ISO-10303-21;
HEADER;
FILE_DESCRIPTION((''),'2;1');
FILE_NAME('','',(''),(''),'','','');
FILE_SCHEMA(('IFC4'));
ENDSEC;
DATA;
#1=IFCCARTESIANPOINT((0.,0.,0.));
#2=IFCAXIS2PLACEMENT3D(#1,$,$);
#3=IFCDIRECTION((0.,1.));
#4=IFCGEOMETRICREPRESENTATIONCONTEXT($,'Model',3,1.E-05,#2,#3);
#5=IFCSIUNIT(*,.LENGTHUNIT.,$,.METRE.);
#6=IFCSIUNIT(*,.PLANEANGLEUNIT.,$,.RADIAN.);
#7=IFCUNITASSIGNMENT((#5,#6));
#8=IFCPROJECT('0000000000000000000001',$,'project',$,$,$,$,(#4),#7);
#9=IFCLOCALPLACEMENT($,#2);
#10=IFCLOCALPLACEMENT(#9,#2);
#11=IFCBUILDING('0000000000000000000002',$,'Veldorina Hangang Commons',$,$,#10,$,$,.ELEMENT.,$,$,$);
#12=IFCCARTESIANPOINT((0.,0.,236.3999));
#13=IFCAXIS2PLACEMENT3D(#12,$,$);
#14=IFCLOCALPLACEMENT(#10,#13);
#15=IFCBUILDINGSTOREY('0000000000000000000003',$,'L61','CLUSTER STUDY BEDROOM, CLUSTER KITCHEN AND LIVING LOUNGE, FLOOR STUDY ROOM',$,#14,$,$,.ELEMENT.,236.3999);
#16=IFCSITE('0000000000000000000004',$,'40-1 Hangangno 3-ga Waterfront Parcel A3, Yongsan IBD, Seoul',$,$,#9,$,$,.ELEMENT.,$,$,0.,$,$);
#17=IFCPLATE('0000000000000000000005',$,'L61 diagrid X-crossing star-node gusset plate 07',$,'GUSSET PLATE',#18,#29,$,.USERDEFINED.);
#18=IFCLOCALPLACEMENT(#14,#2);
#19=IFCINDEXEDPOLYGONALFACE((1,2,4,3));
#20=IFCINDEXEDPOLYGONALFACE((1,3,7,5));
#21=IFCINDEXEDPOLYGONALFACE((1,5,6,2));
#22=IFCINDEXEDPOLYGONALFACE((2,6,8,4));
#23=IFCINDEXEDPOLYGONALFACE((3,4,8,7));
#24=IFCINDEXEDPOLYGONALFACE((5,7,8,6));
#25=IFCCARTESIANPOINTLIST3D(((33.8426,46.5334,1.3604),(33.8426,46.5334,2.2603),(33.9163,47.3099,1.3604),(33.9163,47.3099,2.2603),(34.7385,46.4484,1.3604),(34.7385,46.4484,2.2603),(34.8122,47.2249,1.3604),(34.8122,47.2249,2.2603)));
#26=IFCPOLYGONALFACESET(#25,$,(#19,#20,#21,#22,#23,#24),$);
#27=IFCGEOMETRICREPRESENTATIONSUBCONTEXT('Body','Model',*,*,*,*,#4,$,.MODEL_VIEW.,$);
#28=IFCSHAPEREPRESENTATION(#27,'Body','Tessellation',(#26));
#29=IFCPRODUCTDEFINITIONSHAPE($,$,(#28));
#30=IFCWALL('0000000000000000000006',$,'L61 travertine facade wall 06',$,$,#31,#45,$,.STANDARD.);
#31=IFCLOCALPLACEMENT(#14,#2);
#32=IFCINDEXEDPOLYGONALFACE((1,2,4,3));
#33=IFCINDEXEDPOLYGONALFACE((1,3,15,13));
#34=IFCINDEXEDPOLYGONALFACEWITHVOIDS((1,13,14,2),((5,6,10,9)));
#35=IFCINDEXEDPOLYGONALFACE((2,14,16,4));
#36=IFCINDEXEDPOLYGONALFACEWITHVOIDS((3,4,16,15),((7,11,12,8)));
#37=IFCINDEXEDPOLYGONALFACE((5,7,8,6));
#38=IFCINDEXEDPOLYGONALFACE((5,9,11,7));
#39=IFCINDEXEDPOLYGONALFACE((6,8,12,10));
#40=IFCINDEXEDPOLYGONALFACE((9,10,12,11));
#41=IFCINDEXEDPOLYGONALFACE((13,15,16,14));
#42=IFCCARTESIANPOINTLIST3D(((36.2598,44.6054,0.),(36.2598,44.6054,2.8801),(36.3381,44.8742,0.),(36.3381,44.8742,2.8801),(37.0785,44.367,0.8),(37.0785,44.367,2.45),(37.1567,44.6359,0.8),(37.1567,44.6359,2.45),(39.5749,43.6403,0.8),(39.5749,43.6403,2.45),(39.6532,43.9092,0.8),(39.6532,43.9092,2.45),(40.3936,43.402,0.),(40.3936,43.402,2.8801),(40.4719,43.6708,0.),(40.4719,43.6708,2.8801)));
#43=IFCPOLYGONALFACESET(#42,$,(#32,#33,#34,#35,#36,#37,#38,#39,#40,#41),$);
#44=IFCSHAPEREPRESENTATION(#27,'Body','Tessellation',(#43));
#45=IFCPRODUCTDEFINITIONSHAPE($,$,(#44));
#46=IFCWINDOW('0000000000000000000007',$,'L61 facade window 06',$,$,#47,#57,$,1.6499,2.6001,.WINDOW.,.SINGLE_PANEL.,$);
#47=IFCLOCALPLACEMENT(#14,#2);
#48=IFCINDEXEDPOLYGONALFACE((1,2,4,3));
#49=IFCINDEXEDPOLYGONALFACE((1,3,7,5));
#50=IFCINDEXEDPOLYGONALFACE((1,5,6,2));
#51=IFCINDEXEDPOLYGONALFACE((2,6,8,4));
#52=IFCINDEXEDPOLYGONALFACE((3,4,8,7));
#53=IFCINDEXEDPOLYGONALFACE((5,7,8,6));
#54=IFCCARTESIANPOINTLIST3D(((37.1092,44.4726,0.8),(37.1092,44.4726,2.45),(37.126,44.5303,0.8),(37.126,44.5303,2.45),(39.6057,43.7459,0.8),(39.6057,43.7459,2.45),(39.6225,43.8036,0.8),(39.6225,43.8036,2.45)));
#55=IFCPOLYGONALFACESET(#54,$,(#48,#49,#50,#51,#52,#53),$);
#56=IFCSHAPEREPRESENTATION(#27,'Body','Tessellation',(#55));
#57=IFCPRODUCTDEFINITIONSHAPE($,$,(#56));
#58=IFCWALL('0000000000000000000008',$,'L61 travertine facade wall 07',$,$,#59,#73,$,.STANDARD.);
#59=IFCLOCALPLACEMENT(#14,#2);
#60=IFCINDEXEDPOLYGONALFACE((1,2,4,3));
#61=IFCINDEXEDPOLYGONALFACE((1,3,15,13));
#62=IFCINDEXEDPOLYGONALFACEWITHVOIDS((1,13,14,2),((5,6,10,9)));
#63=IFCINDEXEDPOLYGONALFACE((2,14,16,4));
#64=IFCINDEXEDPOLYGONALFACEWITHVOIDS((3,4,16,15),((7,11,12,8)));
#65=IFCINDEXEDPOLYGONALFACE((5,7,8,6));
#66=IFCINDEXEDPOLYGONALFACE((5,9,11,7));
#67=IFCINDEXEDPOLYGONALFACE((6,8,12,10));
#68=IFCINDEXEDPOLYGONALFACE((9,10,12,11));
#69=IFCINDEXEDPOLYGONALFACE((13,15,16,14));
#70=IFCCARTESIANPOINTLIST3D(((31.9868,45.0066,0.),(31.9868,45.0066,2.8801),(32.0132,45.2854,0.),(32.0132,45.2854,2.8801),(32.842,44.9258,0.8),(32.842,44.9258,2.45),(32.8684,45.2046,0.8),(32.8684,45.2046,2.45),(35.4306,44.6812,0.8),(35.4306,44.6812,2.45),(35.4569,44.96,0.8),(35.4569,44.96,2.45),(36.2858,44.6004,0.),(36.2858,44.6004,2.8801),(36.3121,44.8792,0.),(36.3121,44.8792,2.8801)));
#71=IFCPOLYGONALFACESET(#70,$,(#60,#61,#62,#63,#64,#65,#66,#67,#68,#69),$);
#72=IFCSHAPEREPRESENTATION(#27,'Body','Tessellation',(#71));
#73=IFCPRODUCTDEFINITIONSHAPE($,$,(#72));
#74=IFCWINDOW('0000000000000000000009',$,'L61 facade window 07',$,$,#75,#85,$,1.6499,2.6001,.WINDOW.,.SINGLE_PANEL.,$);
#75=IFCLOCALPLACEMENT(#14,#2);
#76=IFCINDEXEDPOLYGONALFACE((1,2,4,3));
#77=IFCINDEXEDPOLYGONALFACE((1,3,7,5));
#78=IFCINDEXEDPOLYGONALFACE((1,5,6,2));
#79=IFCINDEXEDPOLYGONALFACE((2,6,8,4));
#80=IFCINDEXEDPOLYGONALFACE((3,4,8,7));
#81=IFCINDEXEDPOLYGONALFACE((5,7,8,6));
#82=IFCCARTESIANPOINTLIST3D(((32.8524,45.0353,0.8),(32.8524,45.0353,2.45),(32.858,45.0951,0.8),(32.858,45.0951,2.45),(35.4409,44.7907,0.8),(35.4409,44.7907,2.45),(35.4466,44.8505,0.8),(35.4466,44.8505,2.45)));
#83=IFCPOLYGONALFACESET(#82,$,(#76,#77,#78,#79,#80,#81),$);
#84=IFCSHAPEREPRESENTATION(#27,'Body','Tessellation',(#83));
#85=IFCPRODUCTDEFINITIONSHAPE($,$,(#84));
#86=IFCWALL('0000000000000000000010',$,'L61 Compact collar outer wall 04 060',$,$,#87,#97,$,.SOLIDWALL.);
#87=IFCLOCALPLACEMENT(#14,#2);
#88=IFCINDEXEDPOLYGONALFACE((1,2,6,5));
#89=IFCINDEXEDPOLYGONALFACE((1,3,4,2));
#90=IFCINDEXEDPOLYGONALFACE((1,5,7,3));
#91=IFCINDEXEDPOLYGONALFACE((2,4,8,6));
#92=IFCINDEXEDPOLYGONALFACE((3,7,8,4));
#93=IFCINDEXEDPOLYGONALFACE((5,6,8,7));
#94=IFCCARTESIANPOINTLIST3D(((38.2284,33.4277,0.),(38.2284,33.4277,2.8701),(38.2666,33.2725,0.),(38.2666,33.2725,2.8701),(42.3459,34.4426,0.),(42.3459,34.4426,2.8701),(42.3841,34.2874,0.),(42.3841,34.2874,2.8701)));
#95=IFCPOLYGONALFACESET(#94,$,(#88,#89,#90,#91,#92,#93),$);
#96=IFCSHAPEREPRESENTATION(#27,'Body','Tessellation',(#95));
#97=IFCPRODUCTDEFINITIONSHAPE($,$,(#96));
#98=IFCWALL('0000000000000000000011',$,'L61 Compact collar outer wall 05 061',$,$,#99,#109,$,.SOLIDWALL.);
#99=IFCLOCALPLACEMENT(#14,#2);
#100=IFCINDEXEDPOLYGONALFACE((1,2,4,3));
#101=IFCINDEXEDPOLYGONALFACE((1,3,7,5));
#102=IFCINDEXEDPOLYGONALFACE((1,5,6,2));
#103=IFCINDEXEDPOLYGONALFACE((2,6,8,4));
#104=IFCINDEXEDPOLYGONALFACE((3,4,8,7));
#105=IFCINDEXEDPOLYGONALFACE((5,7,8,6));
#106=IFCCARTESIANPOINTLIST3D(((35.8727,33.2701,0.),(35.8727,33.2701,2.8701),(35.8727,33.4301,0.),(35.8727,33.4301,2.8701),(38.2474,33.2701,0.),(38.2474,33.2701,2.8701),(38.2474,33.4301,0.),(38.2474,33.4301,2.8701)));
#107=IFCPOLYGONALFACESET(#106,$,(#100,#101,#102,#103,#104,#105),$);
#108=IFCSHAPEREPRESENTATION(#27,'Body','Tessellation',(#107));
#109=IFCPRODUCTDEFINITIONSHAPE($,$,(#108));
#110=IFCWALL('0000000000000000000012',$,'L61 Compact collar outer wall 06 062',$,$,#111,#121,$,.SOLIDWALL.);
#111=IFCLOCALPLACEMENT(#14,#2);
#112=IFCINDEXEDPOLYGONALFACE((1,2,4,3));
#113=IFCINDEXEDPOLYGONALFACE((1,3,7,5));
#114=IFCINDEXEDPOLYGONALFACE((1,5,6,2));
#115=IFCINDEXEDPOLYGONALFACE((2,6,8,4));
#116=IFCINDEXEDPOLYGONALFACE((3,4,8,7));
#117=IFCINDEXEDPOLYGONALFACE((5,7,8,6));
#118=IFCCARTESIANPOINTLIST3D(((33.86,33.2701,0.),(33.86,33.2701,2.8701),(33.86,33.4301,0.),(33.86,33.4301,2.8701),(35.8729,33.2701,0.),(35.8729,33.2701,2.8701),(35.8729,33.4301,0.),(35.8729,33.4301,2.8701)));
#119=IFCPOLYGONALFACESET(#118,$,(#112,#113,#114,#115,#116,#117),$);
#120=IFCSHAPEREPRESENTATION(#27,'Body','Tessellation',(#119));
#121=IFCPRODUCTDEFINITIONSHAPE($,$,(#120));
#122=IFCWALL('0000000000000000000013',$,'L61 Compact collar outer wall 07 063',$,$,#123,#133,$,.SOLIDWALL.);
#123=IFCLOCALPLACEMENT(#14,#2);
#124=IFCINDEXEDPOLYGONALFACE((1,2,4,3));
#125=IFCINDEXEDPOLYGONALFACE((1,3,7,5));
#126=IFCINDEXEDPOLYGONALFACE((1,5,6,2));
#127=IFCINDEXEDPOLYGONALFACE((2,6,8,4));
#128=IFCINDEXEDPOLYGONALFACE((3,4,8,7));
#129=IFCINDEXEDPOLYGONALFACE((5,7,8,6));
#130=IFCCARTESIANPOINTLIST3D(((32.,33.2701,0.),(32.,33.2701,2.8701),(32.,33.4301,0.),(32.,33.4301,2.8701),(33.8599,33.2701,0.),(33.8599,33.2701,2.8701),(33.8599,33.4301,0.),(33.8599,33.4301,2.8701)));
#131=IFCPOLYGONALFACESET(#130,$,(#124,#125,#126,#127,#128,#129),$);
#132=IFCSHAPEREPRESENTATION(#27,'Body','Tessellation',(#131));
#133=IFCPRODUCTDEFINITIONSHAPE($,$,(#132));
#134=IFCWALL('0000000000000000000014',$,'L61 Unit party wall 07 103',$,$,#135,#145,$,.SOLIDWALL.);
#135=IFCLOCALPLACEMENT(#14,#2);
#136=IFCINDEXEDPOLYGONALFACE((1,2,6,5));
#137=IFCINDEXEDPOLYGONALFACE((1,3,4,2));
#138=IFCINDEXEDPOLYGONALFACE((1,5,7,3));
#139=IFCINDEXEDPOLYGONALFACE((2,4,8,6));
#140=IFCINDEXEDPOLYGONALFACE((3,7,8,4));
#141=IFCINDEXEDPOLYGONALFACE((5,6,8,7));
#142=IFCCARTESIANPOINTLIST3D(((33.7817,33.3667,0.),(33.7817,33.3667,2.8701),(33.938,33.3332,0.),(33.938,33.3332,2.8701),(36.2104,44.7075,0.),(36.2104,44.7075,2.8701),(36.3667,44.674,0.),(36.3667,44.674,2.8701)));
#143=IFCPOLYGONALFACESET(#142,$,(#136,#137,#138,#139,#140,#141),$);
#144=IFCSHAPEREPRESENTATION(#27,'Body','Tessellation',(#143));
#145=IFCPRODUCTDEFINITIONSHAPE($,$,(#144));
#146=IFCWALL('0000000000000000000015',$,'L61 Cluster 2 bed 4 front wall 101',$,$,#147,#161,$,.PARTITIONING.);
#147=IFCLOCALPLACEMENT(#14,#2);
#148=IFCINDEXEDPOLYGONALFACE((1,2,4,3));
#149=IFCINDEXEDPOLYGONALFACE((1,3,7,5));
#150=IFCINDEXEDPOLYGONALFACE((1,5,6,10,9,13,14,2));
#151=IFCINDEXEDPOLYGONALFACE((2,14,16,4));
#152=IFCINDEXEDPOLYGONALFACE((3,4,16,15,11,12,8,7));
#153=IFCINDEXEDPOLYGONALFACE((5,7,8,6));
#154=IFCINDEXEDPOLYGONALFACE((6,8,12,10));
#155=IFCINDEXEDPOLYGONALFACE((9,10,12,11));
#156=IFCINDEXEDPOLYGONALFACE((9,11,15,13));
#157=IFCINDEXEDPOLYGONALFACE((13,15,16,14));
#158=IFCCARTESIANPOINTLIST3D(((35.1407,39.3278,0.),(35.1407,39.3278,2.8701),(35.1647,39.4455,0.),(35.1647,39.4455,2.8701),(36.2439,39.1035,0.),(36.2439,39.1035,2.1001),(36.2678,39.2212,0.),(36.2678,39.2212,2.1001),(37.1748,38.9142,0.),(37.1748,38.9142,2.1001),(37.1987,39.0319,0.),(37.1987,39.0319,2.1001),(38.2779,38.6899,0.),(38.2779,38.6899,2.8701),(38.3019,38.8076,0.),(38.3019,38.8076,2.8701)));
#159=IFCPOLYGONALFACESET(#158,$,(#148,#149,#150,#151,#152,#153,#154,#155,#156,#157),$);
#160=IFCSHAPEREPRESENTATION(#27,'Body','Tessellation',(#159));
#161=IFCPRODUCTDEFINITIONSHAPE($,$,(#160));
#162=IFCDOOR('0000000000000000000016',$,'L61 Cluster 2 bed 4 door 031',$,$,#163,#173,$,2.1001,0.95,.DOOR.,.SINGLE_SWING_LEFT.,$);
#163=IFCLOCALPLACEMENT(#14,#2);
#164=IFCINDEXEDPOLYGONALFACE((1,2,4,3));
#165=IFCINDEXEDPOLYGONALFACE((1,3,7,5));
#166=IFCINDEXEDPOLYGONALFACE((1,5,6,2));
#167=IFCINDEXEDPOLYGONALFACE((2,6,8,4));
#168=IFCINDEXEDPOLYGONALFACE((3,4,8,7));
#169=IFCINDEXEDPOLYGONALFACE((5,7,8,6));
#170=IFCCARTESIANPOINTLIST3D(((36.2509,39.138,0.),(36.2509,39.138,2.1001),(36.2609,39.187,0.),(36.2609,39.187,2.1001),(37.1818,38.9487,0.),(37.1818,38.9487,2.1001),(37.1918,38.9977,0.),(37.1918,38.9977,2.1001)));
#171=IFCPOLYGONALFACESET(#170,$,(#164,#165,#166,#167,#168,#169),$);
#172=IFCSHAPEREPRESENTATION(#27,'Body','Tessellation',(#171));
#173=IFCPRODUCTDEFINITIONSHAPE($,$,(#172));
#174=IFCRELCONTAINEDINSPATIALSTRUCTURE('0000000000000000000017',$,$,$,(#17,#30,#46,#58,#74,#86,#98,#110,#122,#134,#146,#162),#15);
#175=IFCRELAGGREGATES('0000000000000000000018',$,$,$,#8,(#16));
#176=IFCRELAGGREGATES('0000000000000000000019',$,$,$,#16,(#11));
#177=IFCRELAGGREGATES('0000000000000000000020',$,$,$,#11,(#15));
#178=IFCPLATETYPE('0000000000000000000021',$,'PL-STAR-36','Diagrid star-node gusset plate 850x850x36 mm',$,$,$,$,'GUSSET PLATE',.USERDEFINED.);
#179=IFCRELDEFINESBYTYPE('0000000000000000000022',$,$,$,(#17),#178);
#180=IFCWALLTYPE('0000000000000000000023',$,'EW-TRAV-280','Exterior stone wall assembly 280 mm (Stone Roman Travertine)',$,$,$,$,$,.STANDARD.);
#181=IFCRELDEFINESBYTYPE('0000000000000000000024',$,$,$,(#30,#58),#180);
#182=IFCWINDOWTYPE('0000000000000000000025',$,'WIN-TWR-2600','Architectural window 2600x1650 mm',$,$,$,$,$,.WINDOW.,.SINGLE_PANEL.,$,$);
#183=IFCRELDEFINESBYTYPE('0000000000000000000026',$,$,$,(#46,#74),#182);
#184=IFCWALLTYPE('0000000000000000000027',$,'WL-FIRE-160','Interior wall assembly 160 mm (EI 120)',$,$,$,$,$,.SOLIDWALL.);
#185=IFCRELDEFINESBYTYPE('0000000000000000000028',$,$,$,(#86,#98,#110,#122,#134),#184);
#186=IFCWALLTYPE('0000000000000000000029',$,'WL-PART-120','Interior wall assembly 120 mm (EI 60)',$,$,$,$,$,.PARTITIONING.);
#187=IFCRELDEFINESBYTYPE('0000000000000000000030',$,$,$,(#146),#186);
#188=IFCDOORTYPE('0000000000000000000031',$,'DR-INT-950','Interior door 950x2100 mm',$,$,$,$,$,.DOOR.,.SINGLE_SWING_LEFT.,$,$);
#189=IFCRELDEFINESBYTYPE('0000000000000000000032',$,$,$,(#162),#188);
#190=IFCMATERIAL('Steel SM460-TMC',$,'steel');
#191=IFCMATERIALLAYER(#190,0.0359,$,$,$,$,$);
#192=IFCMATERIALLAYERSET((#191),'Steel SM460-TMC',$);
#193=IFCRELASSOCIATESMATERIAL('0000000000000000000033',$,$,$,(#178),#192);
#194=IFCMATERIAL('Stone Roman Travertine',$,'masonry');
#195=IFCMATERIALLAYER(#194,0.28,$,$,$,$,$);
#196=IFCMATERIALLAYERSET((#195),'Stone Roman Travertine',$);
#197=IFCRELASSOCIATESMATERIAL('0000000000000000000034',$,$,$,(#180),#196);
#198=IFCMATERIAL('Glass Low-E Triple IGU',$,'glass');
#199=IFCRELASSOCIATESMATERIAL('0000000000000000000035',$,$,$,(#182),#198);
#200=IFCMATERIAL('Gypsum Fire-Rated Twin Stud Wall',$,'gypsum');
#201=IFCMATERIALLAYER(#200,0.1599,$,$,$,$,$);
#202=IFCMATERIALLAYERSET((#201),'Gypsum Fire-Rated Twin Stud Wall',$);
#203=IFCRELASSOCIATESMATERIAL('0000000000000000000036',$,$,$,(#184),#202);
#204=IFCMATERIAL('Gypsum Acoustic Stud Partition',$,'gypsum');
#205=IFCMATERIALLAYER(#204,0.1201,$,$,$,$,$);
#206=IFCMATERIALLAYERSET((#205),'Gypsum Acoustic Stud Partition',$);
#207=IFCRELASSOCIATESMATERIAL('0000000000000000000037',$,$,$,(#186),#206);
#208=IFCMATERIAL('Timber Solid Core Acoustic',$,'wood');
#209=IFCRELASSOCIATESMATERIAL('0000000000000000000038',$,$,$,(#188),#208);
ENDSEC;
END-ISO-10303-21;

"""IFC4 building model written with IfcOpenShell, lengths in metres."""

from ifc_helpers import new_model, si_unit, direction, frame, frame_2d, origin, origin_2d, place, context, subcontext, project, spatial, rectangle, extrude, material, layer, layer_set, type_object, element, fill, save


model = new_model("IFC4")

# Units and contexts
model_context = context("Model", 3, precision=1e-05, world=origin(), true_north=direction((0.0, 1.0)))
body_context = subcontext(model_context, "Body", "Model", "MODEL_VIEW")
ifc_project = project(units=[si_unit("LENGTHUNIT", "METRE"), si_unit("PLANEANGLEUNIT", "RADIAN")], contexts=[model_context])

# Site, building, storey
site_placement = place(None, origin())
site = spatial("IfcSite", under=ifc_project, at=site_placement, Name="40-1 Hangangno 3-ga Waterfront Parcel A3, Yongsan IBD, Seoul", CompositionType="ELEMENT", RefElevation=0.0)
building_placement = place(site_placement, origin())
building = spatial("IfcBuilding", under=site, at=building_placement, Name="Veldorina Hangang Commons", CompositionType="ELEMENT")
storey_placement = place(building_placement, frame((0.0, 0.0, 236.3999)))
storey = spatial("IfcBuildingStorey", under=building, at=storey_placement, Name="L61", Description="CLUSTER STUDY BEDROOM, CLUSTER KITCHEN AND LIVING LOUNGE, FLOOR STUDY ROOM", CompositionType="ELEMENT", Elevation=236.3999)

# Plate
ifc_material_1 = material(Name="Steel SM460-TMC", Category="steel")
ifc_layer_1 = layer(ifc_material_1, 0.0359)
ifc_layer_set_1 = layer_set([ifc_layer_1], Name="Steel SM460-TMC")
plate_type = type_object("IfcPlateType", Name="PL-STAR-36", Description="Diagrid star-node gusset plate 850x850x36 mm", ElementType="GUSSET PLATE", PredefinedType="USERDEFINED", material=ifc_layer_set_1)
plate_1_placement = place(storey_placement, frame((34.3274, 46.8792, 1.3604), z_axis=(0.0, 0.0, 1.0), x_axis=(-0.995532, 0.094421, 0.0)))
element("IfcPlate", 1, at=plate_1_placement, inside=storey, type_object=plate_type, Name="L61 diagrid X-crossing star-node gusset plate 07", ObjectType="GUSSET PLATE", PredefinedType="USERDEFINED", context=body_context, shape_type="SweptSolid", body=[
    extrude(rectangle(XDim=0.8999, YDim=0.78, at=origin_2d()), origin(), (0.0, 0.0, 1.0), 0.8999),
])

# Walls, openings, windows
ifc_material_2 = material(Name="Stone Roman Travertine", Category="masonry")
ifc_layer_2 = layer(ifc_material_2, 0.28)
ifc_layer_set_2 = layer_set([ifc_layer_2], Name="Stone Roman Travertine")
wall_type_1 = type_object("IfcWallType", Name="EW-TRAV-280", Description="Exterior stone wall assembly 280 mm (Stone Roman Travertine)", PredefinedType="STANDARD", material=ifc_layer_set_2)
wall_1_placement = place(storey_placement, frame((40.4329, 43.5364, 0.0), z_axis=(0.0, 0.0, 1.0), x_axis=(-0.960145, 0.279503, 0.0)))
wall_1 = element("IfcWall", 2, at=wall_1_placement, inside=storey, type_object=wall_type_1, Name="L61 travertine facade wall 06", PredefinedType="STANDARD", context=body_context, shape_type="SweptSolid", body=[
    extrude(rectangle(XDim=4.3054, YDim=0.28, at=frame_2d((2.1528, 0.0))), origin(), (0.0, 0.0, 1.0), 2.8801),
])
opening_1_placement = place(wall_1_placement, frame((0.8528, 0.0, 0.8)))
opening_1 = element("IfcOpeningElement", 3, at=opening_1_placement, cuts=wall_1, PredefinedType="OPENING", context=body_context, shape_type="SweptSolid", body=[
    extrude(rectangle(XDim=2.6001, YDim=1.6499, at=frame_2d((1.3, 0.825))), frame((0.0, 0.1499, 0.0), z_axis=(0.0, -1.0, 0.0), x_axis=(1.0, 0.0, 0.0)), (0.0, 0.0, 1.0), 0.3),
])
ifc_material_3 = material(Name="Glass Low-E Triple IGU", Category="glass")
window_type = type_object("IfcWindowType", Name="WIN-TWR-2600", Description="Architectural window 2600x1650 mm", PartitioningType="SINGLE_PANEL", PredefinedType="WINDOW", material=ifc_material_3)
window_1_placement = place(opening_1_placement, origin())
window_1 = element("IfcWindow", 4, at=window_1_placement, inside=storey, type_object=window_type, Name="L61 facade window 06", OverallHeight=1.6499, OverallWidth=2.6001, PartitioningType="SINGLE_PANEL", PredefinedType="WINDOW", context=body_context, shape_type="SweptSolid", body=[
    extrude(rectangle(XDim=2.6001, YDim=1.6499, at=frame_2d((1.3, 0.825))), frame((0.0, 0.03, 0.0), z_axis=(0.0, -1.0, 0.0), x_axis=(1.0, 0.0, 0.0)), (0.0, 0.0, 1.0), 0.0601),
])
fill(opening_1, window_1)
wall_2_placement = place(storey_placement, frame((36.2991, 44.7397, 0.0), z_axis=(0.0, 0.0, 1.0), x_axis=(-0.995565, 0.094078, 0.0)))
wall_2 = element("IfcWall", 5, at=wall_2_placement, inside=storey, type_object=wall_type_1, Name="L61 travertine facade wall 07", PredefinedType="STANDARD", context=body_context, shape_type="SweptSolid", body=[
    extrude(rectangle(XDim=4.3181, YDim=0.28, at=frame_2d((2.1592, 0.0))), origin(), (0.0, 0.0, 1.0), 2.8801),
])
opening_2_placement = place(wall_2_placement, frame((0.8591, 0.0, 0.8)))
opening_2 = element("IfcOpeningElement", 6, at=opening_2_placement, cuts=wall_2, PredefinedType="OPENING", context=body_context, shape_type="SweptSolid", body=[
    extrude(rectangle(XDim=2.6001, YDim=1.6499, at=frame_2d((1.3, 0.825))), frame((0.0, 0.1499, 0.0), z_axis=(0.0, -1.0, 0.0), x_axis=(1.0, 0.0, 0.0)), (0.0, 0.0, 1.0), 0.3),
])
window_2_placement = place(opening_2_placement, origin())
window_2 = element("IfcWindow", 7, at=window_2_placement, inside=storey, type_object=window_type, Name="L61 facade window 07", OverallHeight=1.6499, OverallWidth=2.6001, PartitioningType="SINGLE_PANEL", PredefinedType="WINDOW", context=body_context, shape_type="SweptSolid", body=[
    extrude(rectangle(XDim=2.6001, YDim=1.6499, at=frame_2d((1.3, 0.825))), frame((0.0, 0.03, 0.0), z_axis=(0.0, -1.0, 0.0), x_axis=(1.0, 0.0, 0.0)), (0.0, 0.0, 1.0), 0.0601),
])
fill(opening_2, window_2)

# Walls
ifc_material_4 = material(Name="Gypsum Fire-Rated Twin Stud Wall", Category="gypsum")
ifc_layer_3 = layer(ifc_material_4, 0.1599)
ifc_layer_set_3 = layer_set([ifc_layer_3], Name="Gypsum Fire-Rated Twin Stud Wall")
wall_type_2 = type_object("IfcWallType", Name="WL-FIRE-160", Description="Interior wall assembly 160 mm (EI 120)", PredefinedType="SOLIDWALL", material=ifc_layer_set_3)
wall_3_placement = place(storey_placement, frame((42.365, 34.365, 0.0), z_axis=(0.0, 0.0, 1.0), x_axis=(-0.97094, -0.239324, 0.0)))
element("IfcWall", 8, at=wall_3_placement, inside=storey, type_object=wall_type_2, Name="L61 Compact collar outer wall 04 060", PredefinedType="SOLIDWALL", context=body_context, shape_type="SweptSolid", body=[
    extrude(rectangle(XDim=4.2407, YDim=0.1599, at=frame_2d((2.1204, 0.0))), origin(), (0.0, 0.0, 1.0), 2.8701),
])
wall_4_placement = place(storey_placement, frame((38.2476, 33.3501, 0.0), z_axis=(0.0, 0.0, 1.0), x_axis=(-1.0, 0.0, 0.0)))
element("IfcWall", 9, at=wall_4_placement, inside=storey, type_object=wall_type_2, Name="L61 Compact collar outer wall 05 061", PredefinedType="SOLIDWALL", context=body_context, shape_type="SweptSolid", body=[
    extrude(rectangle(XDim=2.3748, YDim=0.1599, at=frame_2d((1.1875, 0.0))), origin(), (0.0, 0.0, 1.0), 2.8701),
])
wall_5_placement = place(storey_placement, frame((35.8728, 33.3501, 0.0), z_axis=(0.0, 0.0, 1.0), x_axis=(-1.0, 0.0, 0.0)))
element("IfcWall", 10, at=wall_5_placement, inside=storey, type_object=wall_type_2, Name="L61 Compact collar outer wall 06 062", PredefinedType="SOLIDWALL", context=body_context, shape_type="SweptSolid", body=[
    extrude(rectangle(XDim=2.0129, YDim=0.1599, at=frame_2d((1.0063, 0.0))), origin(), (0.0, 0.0, 1.0), 2.8701),
])
wall_6_placement = place(storey_placement, frame((33.8599, 33.3501, 0.0), z_axis=(0.0, 0.0, 1.0), x_axis=(-1.0, 0.0, 0.0)))
element("IfcWall", 11, at=wall_6_placement, inside=storey, type_object=wall_type_2, Name="L61 Compact collar outer wall 07 063", PredefinedType="SOLIDWALL", context=body_context, shape_type="SweptSolid", body=[
    extrude(rectangle(XDim=1.8599, YDim=0.1599, at=frame_2d((0.9299, 0.0))), origin(), (0.0, 0.0, 1.0), 2.8701),
])
wall_7_placement = place(storey_placement, frame((33.8599, 33.3501, 0.0), z_axis=(0.0, 0.0, 1.0), x_axis=(0.209408, 0.977828, 0.0)))
element("IfcWall", 12, at=wall_7_placement, inside=storey, type_object=wall_type_2, Name="L61 Unit party wall 07 103", PredefinedType="SOLIDWALL", context=body_context, shape_type="SweptSolid", body=[
    extrude(rectangle(XDim=11.5979, YDim=0.1599, at=frame_2d((5.7988, 0.0))), origin(), (0.0, 0.0, 1.0), 2.8701),
])

# Wall, opening, door
ifc_material_5 = material(Name="Gypsum Acoustic Stud Partition", Category="gypsum")
ifc_layer_4 = layer(ifc_material_5, 0.1201)
ifc_layer_set_4 = layer_set([ifc_layer_4], Name="Gypsum Acoustic Stud Partition")
wall_type_3 = type_object("IfcWallType", Name="WL-PART-120", Description="Interior wall assembly 120 mm (EI 60)", PredefinedType="PARTITIONING", material=ifc_layer_set_4)
wall_8_placement = place(storey_placement, frame((38.2898, 38.7488, 0.0), z_axis=(0.0, 0.0, 1.0), x_axis=(-0.979945, 0.199268, 0.0)))
wall_8 = element("IfcWall", 13, at=wall_8_placement, inside=storey, type_object=wall_type_3, Name="L61 Cluster 2 bed 4 front wall 101", PredefinedType="PARTITIONING", context=body_context, shape_type="SweptSolid", body=[
    extrude(rectangle(XDim=3.2014, YDim=0.1201, at=frame_2d((1.6006, 0.0))), origin(), (0.0, 0.0, 1.0), 2.8701),
])
opening_3_placement = place(wall_8_placement, frame((1.1255, 0.0, 0.0)))
opening_3 = element("IfcOpeningElement", 14, at=opening_3_placement, cuts=wall_8, PredefinedType="OPENING", context=body_context, shape_type="SweptSolid", body=[
    extrude(rectangle(XDim=0.95, YDim=2.1001, at=frame_2d((0.4751, 1.05))), frame((0.0, 0.0701, 0.0), z_axis=(0.0, -1.0, 0.0), x_axis=(1.0, 0.0, 0.0)), (0.0, 0.0, 1.0), 0.1401),
])
ifc_material_6 = material(Name="Timber Solid Core Acoustic", Category="wood")
door_type_1 = type_object("IfcDoorType", Name="DR-INT-950", Description="Interior door 950x2100 mm", OperationType="SINGLE_SWING_LEFT", PredefinedType="DOOR", material=ifc_material_6)
door_1_placement = place(opening_3_placement, origin())
door_1 = element("IfcDoor", 15, at=door_1_placement, inside=storey, type_object=door_type_1, Name="L61 Cluster 2 bed 4 door 031", OperationType="SINGLE_SWING_LEFT", OverallHeight=2.1001, OverallWidth=0.95, PredefinedType="DOOR", context=body_context, shape_type="SweptSolid", body=[
    extrude(rectangle(XDim=0.95, YDim=2.1001, at=frame_2d((0.4751, 1.05))), frame((0.0, 0.0249, 0.0), z_axis=(0.0, -1.0, 0.0), x_axis=(1.0, 0.0, 0.0)), (0.0, 0.0, 1.0), 0.05),
])
fill(opening_3, door_1)

save(model, "model.ifc")
